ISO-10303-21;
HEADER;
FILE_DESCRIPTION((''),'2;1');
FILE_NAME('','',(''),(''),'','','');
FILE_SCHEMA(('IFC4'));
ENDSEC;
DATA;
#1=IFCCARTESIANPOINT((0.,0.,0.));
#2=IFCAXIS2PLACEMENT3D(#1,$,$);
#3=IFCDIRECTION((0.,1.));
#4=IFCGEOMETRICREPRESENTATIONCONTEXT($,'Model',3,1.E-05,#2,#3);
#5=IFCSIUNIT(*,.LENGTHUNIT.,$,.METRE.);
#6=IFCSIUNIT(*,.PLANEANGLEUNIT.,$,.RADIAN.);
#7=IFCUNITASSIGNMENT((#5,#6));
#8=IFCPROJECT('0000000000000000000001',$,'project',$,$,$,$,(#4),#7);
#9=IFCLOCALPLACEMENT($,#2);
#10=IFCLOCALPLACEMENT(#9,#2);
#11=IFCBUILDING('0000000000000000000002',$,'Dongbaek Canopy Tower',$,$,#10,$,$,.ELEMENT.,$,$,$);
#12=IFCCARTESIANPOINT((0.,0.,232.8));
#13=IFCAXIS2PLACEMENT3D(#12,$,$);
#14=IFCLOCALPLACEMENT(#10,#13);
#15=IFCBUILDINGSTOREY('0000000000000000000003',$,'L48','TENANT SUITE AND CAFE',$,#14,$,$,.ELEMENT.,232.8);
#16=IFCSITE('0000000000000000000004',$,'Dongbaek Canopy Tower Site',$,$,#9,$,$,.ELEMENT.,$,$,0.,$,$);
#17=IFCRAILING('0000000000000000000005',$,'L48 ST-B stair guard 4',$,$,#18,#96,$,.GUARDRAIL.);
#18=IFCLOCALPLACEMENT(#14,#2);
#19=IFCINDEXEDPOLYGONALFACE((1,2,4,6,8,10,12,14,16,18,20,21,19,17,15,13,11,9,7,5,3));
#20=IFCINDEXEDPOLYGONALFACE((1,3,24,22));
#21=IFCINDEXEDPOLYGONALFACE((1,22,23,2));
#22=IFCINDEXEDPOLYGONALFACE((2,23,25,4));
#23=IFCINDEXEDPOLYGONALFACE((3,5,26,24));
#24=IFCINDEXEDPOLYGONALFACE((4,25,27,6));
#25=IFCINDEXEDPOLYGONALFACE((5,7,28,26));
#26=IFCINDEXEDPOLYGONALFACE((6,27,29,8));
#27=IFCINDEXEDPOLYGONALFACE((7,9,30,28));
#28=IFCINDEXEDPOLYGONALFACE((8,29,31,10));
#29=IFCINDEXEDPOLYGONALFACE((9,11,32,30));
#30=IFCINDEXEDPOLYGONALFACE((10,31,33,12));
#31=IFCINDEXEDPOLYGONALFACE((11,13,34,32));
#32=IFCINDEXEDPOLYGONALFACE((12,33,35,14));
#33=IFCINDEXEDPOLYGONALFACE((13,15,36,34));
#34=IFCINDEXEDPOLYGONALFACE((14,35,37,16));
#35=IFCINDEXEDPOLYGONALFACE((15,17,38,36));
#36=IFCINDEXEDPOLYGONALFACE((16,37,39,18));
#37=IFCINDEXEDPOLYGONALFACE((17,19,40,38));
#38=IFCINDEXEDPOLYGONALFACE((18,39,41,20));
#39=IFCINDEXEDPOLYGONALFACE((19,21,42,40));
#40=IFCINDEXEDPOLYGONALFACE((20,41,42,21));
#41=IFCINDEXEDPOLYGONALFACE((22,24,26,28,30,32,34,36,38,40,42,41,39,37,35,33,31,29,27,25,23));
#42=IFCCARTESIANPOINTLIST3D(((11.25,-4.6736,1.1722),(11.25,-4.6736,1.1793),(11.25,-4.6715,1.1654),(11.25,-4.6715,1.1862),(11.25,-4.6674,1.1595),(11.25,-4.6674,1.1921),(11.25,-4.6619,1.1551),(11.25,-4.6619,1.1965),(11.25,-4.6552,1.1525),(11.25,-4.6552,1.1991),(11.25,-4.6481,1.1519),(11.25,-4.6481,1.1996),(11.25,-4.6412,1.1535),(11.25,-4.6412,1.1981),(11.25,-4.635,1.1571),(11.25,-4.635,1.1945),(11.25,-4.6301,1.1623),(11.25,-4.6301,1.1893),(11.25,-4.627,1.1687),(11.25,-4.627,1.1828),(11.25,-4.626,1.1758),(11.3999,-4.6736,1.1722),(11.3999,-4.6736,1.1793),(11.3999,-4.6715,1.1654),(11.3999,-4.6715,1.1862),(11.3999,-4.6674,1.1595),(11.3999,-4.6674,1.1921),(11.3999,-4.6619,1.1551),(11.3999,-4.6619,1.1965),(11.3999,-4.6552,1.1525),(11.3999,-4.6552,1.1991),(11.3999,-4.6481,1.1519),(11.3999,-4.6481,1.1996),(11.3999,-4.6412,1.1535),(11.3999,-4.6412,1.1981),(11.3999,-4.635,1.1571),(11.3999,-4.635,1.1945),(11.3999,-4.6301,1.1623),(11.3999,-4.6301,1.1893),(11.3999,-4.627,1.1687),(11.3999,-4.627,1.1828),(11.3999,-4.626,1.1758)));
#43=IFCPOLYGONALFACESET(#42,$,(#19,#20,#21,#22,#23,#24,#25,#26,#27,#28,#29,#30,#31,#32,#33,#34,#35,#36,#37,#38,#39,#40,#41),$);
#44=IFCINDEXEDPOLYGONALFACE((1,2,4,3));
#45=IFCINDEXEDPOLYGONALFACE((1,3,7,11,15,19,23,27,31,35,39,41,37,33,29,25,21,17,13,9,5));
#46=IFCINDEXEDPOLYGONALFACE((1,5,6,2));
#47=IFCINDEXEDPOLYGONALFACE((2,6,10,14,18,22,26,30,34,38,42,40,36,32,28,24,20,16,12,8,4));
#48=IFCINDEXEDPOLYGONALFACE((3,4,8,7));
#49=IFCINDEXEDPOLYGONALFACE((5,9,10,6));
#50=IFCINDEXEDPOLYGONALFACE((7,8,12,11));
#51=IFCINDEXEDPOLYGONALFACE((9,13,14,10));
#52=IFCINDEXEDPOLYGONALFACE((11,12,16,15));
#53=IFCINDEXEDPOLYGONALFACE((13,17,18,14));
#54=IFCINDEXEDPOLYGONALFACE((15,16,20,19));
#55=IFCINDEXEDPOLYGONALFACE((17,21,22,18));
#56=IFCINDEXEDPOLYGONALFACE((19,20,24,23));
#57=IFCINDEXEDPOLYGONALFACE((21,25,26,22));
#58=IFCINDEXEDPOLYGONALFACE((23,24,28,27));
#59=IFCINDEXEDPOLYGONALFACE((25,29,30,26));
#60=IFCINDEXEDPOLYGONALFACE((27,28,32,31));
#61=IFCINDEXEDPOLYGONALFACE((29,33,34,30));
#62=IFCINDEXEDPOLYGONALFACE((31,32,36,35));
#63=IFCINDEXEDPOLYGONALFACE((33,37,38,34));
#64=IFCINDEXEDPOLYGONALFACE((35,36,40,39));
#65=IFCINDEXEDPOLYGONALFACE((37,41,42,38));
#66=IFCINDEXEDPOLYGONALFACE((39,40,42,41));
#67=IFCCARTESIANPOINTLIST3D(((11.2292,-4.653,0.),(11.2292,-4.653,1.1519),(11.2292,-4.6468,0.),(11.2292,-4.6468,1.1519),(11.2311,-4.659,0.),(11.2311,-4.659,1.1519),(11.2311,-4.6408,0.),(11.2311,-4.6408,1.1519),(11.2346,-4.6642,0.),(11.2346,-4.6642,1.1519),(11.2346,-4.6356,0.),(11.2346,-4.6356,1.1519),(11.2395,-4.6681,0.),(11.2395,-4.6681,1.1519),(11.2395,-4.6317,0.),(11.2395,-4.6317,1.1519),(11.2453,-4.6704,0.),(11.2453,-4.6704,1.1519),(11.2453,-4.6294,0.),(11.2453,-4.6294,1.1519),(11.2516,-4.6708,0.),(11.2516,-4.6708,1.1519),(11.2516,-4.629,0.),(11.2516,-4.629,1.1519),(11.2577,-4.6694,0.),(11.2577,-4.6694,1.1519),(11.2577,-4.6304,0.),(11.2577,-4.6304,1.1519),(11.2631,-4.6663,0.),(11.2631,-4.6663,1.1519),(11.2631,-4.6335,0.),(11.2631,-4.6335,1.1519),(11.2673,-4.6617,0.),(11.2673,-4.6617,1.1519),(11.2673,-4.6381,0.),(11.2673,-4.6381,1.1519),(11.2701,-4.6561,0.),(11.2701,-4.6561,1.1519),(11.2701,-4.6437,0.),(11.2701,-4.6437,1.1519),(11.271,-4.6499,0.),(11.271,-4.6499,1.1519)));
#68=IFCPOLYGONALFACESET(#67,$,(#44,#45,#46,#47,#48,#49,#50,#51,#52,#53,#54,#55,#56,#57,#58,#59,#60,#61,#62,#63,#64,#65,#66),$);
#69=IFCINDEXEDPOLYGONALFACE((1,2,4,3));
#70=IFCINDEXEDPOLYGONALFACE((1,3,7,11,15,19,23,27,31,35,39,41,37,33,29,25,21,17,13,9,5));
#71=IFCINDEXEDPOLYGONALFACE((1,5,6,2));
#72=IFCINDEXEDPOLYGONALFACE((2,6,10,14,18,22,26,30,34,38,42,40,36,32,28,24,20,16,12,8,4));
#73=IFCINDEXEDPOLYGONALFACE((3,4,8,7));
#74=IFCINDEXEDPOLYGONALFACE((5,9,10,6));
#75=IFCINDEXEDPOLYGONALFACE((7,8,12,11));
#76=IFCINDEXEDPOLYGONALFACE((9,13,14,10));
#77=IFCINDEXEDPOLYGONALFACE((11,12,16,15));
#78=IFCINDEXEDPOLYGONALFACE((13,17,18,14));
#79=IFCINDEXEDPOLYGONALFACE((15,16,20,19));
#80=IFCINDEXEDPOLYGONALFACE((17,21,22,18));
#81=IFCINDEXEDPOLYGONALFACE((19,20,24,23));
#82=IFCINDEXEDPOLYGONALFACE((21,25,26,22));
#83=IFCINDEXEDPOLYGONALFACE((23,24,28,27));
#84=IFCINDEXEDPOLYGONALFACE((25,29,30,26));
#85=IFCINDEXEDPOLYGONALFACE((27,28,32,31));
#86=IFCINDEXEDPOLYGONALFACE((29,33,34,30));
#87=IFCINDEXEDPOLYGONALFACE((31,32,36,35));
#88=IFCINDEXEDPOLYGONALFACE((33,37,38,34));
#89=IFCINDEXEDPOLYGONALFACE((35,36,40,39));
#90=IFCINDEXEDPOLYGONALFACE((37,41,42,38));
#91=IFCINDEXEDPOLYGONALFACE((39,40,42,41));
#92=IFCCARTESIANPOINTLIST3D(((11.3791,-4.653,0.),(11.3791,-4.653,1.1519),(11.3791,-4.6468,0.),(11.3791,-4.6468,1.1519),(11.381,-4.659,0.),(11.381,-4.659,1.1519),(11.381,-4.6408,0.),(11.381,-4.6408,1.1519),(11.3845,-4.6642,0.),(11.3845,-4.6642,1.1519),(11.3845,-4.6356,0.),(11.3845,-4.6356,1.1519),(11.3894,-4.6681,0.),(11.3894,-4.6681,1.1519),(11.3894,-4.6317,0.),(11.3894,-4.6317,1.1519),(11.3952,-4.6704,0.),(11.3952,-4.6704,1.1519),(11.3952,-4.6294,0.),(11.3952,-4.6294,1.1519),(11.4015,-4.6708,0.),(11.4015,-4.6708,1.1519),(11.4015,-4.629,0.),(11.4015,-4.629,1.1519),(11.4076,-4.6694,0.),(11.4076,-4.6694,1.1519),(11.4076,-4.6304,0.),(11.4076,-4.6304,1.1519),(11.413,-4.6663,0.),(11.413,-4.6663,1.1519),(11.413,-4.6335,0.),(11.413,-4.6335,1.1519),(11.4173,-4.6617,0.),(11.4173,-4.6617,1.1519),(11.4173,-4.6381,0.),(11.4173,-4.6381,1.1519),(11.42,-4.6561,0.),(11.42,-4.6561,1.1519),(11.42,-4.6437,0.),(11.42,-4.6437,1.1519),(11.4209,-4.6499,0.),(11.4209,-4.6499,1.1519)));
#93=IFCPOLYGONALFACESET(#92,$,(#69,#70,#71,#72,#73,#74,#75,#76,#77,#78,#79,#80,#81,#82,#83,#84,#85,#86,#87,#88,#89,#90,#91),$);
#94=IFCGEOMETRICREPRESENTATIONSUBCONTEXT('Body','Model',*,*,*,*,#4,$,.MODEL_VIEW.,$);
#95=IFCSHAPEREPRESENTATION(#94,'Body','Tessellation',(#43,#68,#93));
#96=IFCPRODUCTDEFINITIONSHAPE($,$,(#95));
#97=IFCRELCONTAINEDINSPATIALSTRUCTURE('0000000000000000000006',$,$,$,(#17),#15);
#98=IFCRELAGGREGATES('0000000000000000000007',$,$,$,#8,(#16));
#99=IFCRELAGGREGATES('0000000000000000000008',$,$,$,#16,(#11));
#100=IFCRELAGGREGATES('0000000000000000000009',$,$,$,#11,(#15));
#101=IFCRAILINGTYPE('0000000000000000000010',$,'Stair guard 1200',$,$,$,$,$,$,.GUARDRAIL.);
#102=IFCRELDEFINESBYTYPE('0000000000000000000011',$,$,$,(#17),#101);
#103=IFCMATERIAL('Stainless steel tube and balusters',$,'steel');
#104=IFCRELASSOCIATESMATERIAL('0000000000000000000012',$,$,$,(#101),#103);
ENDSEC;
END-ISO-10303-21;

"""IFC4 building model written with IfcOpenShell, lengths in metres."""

from ifc_helpers import new_model, si_unit, direction, frame, origin, origin_2d, place, context, subcontext, project, spatial, circle, extrude, material, type_object, element, save


model = new_model("IFC4")

# Units and contexts
model_context = context("Model", 3, precision=1e-05, world=origin(), true_north=direction((0.0, 1.0)))
body_context = subcontext(model_context, "Body", "Model", "MODEL_VIEW")
ifc_project = project(units=[si_unit("LENGTHUNIT", "METRE"), si_unit("PLANEANGLEUNIT", "RADIAN")], contexts=[model_context])

# Site, building, storey
site_placement = place(None, origin())
site = spatial("IfcSite", under=ifc_project, at=site_placement, Name="Dongbaek Canopy Tower Site", CompositionType="ELEMENT", RefElevation=0.0)
building_placement = place(site_placement, origin())
building = spatial("IfcBuilding", under=site, at=building_placement, Name="Dongbaek Canopy Tower", CompositionType="ELEMENT")
storey_placement = place(building_placement, frame((0.0, 0.0, 232.8)))
storey = spatial("IfcBuildingStorey", under=building, at=storey_placement, Name="L48", Description="TENANT SUITE AND CAFE", CompositionType="ELEMENT", Elevation=232.8)

# Railing
ifc_material_1 = material(Name="Stainless steel tube and balusters", Category="steel")
railing_type_1 = type_object("IfcRailingType", Name="Stair guard 1200", PredefinedType="GUARDRAIL", material=ifc_material_1)
railing_1_placement = place(storey_placement, frame((11.25, -4.6499, 0.0)))
element("IfcRailing", 1, at=railing_1_placement, inside=storey, type_object=railing_type_1, Name="L48 ST-B stair guard 4", PredefinedType="GUARDRAIL", context=body_context, shape_type="SweptSolid", body=[
    extrude(circle(Radius=0.0239, at=origin_2d()), frame((0.0, 0.0, 1.1758), z_axis=(1.0, 0.0, 0.0), x_axis=(0.0, 1.0, 0.0)), (0.0, 0.0, 1.0), 0.1499),
    extrude(circle(Radius=0.021, at=origin_2d()), origin(), (0.0, 0.0, 1.0), 1.1519),
    extrude(circle(Radius=0.021, at=origin_2d()), frame((0.1499, 0.0, 0.0)), (0.0, 0.0, 1.0), 1.1519),
])

save(model, "model.ifc")
